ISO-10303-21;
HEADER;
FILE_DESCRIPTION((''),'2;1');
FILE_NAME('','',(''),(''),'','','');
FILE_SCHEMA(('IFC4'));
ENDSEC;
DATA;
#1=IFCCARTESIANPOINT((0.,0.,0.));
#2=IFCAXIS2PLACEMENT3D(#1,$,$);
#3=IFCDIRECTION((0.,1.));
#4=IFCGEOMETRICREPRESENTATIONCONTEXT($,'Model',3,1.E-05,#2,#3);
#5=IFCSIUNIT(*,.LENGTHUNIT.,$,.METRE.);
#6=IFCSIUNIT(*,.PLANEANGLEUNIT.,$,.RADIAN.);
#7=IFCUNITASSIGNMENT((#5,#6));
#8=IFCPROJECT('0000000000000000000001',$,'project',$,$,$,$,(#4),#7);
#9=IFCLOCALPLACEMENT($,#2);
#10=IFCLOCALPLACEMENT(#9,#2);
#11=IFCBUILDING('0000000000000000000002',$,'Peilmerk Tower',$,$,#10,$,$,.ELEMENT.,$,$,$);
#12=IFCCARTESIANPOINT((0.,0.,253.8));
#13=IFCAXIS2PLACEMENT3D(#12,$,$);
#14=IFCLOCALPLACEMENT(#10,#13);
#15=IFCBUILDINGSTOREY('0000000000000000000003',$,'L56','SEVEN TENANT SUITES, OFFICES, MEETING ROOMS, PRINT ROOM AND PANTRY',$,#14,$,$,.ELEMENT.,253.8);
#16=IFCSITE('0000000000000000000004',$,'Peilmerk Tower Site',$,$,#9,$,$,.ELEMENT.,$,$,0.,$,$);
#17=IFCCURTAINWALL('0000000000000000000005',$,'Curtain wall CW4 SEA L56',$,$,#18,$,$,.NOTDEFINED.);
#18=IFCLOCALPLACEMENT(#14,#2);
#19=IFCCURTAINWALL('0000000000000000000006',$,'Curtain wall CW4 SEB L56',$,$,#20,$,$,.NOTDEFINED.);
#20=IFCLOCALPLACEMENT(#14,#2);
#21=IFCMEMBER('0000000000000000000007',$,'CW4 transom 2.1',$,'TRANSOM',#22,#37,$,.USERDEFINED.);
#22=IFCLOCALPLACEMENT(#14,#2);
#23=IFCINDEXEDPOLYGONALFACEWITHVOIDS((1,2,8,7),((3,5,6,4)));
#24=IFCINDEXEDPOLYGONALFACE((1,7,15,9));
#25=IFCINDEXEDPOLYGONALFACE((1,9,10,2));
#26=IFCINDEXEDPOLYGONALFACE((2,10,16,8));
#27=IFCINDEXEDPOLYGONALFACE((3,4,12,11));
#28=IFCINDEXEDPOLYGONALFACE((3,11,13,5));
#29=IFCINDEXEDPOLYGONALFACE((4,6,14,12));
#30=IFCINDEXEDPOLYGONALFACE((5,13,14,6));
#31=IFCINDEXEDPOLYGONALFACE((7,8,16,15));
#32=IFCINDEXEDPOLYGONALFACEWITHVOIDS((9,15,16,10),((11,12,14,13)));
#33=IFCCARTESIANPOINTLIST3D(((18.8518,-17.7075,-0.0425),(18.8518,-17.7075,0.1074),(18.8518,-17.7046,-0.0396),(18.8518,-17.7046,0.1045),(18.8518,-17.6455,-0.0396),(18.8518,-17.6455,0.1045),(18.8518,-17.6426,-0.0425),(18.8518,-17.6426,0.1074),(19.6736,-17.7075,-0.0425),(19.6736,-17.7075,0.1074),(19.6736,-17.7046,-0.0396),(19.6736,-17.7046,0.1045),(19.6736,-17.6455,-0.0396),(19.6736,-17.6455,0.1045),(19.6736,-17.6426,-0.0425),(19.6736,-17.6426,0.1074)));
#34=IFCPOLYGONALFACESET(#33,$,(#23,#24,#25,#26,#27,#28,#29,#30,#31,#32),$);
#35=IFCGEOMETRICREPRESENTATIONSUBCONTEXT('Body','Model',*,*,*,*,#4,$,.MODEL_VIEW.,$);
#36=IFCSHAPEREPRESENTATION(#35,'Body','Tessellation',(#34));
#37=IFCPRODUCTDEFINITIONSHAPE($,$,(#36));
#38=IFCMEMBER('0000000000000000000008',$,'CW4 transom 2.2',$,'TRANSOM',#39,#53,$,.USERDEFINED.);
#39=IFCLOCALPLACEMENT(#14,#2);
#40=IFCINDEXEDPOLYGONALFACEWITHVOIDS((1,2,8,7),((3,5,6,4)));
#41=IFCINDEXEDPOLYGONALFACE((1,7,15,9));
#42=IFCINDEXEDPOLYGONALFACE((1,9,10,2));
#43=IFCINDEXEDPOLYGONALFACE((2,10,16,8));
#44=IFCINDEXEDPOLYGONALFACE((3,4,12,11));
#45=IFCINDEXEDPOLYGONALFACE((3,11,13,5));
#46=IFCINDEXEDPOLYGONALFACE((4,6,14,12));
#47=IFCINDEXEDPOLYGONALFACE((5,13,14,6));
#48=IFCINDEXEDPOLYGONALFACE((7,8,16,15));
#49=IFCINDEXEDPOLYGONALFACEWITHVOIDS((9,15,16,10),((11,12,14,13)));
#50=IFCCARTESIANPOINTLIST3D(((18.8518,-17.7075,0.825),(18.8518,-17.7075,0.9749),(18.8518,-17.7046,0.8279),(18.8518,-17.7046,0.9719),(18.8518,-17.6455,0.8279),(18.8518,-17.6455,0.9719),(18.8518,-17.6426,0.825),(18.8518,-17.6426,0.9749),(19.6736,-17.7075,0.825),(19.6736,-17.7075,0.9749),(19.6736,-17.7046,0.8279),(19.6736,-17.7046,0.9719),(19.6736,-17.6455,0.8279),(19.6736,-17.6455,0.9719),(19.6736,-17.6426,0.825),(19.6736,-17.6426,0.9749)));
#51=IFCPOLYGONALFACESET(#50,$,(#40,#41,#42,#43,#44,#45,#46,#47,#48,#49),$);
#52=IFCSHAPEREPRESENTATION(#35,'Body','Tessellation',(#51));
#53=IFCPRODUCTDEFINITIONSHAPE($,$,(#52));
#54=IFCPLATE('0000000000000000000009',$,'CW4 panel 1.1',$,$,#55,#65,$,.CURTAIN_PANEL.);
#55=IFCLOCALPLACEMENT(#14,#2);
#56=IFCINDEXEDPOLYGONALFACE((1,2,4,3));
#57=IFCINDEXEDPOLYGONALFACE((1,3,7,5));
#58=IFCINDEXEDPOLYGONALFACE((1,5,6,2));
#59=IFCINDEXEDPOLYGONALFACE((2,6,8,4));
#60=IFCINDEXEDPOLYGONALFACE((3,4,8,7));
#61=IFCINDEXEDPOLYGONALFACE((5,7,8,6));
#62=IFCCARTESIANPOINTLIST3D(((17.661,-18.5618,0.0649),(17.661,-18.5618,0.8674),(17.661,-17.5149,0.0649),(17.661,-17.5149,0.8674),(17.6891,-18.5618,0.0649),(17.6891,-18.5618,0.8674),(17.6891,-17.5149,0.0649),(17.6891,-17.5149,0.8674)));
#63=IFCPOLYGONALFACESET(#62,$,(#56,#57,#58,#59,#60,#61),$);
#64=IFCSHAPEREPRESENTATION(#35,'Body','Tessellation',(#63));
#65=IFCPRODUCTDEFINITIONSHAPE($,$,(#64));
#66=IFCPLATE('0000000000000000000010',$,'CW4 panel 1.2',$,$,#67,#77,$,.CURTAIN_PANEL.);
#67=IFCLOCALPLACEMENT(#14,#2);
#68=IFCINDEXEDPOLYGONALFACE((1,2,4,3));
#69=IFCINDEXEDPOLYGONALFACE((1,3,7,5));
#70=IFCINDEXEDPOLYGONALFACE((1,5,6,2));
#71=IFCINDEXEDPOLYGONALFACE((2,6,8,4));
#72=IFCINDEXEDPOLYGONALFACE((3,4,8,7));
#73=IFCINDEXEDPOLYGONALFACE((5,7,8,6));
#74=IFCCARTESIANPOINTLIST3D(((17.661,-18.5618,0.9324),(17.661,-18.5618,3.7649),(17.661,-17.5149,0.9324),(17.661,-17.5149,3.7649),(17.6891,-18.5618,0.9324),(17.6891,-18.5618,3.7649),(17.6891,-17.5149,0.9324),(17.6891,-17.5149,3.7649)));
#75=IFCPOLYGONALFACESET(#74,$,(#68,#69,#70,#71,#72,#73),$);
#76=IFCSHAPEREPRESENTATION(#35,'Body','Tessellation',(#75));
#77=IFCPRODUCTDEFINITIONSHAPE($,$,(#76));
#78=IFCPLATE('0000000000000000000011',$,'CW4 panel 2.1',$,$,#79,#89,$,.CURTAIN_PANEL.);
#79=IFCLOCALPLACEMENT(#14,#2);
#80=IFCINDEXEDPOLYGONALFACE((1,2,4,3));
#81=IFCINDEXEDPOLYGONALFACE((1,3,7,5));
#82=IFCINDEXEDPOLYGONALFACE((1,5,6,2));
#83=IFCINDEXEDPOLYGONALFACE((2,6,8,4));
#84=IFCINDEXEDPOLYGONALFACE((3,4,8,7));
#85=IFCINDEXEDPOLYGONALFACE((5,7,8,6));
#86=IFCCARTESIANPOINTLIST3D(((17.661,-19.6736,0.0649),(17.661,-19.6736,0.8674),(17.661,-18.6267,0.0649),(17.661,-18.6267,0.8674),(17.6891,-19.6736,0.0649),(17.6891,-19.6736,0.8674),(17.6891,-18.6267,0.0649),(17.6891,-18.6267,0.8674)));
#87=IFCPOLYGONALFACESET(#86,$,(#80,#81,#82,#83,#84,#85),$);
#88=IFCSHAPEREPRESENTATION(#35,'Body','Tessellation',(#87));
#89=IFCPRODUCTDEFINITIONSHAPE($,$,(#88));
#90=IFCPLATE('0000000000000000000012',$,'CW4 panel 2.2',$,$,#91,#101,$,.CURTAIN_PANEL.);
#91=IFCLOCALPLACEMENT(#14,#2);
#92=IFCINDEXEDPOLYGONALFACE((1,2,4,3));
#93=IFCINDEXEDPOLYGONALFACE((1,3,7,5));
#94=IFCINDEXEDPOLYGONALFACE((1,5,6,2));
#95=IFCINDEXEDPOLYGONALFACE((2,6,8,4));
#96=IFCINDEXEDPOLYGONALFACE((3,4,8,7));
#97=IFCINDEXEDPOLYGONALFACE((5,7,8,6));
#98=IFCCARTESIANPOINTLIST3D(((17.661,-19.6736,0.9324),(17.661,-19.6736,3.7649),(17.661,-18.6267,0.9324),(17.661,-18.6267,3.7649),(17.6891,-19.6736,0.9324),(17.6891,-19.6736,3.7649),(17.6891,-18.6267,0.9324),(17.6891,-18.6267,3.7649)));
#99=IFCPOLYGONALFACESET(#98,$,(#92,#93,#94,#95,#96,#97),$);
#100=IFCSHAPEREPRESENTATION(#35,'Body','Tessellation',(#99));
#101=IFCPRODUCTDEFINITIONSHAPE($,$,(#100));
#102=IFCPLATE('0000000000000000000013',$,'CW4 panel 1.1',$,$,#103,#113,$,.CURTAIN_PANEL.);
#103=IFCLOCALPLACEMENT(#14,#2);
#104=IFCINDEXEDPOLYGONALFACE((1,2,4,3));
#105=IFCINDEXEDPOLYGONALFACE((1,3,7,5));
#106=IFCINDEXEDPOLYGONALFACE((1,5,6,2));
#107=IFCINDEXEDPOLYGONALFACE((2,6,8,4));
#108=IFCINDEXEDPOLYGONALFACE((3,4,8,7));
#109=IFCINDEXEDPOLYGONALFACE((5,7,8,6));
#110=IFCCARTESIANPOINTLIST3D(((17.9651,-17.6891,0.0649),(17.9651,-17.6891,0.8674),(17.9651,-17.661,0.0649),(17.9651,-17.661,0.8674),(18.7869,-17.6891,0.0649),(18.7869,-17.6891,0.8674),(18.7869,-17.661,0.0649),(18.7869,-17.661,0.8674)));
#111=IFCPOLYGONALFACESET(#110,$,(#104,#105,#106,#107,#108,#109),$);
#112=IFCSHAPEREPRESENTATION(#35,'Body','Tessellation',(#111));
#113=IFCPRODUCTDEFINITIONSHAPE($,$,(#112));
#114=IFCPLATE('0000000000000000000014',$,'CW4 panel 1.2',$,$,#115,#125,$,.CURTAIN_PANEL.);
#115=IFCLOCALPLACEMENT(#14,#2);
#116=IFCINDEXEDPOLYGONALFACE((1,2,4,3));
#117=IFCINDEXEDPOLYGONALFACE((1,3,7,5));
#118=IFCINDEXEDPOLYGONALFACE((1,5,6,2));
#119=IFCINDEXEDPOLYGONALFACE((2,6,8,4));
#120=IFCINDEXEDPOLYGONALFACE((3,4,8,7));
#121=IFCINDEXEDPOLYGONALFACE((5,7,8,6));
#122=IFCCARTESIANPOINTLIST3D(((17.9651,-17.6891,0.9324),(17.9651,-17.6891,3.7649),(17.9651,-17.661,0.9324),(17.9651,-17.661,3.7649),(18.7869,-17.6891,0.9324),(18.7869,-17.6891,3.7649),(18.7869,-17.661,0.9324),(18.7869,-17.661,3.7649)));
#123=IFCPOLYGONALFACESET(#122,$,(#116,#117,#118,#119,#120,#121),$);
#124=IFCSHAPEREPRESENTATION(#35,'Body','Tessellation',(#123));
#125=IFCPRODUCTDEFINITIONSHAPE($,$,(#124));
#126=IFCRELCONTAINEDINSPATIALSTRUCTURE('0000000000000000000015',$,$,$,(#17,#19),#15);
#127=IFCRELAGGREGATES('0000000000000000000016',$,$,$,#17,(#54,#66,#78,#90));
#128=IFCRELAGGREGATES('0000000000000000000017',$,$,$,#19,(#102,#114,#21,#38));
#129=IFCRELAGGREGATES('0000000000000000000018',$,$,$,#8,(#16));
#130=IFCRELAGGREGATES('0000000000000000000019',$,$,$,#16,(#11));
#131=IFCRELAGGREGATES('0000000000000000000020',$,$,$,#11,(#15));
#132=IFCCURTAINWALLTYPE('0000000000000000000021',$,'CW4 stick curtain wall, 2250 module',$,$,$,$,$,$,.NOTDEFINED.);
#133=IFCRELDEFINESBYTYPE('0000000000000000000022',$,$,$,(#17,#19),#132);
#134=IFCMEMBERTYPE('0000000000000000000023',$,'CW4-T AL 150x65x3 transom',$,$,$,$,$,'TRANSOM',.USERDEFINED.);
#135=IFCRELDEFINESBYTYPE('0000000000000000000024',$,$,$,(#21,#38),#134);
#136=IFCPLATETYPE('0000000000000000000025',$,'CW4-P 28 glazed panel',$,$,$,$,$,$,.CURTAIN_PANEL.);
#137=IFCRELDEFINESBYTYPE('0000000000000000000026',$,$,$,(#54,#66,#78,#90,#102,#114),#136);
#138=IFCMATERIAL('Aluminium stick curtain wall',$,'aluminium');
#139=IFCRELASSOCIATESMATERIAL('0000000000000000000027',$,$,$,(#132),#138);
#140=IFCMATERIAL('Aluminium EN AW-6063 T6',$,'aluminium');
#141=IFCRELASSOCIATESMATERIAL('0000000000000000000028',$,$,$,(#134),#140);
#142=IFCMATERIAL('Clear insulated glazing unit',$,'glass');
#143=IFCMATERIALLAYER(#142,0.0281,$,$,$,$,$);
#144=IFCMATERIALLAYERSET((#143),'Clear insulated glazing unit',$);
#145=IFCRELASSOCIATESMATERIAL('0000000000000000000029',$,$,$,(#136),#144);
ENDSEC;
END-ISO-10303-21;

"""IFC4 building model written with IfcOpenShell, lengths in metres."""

from ifc_helpers import new_model, si_unit, direction, frame, origin, origin_2d, place, context, subcontext, project, spatial, rectangle, hollow_rectangle, extrude, material, layer, layer_set, material_profile, profile_set, type_object, element, aggregate, save


model = new_model("IFC4")

# Units and contexts
model_context = context("Model", 3, precision=1e-05, world=origin(), true_north=direction((0.0, 1.0)))
body_context = subcontext(model_context, "Body", "Model", "MODEL_VIEW")
ifc_project = project(units=[si_unit("LENGTHUNIT", "METRE"), si_unit("PLANEANGLEUNIT", "RADIAN")], contexts=[model_context])

# Site, building, storey
site_placement = place(None, origin())
site = spatial("IfcSite", under=ifc_project, at=site_placement, Name="Peilmerk Tower Site", CompositionType="ELEMENT", RefElevation=0.0)
building_placement = place(site_placement, origin())
building = spatial("IfcBuilding", under=site, at=building_placement, Name="Peilmerk Tower", CompositionType="ELEMENT")
storey_placement = place(building_placement, frame((0.0, 0.0, 253.8)))
storey = spatial("IfcBuildingStorey", under=building, at=storey_placement, Name="L56", Description="SEVEN TENANT SUITES, OFFICES, MEETING ROOMS, PRINT ROOM AND PANTRY", CompositionType="ELEMENT", Elevation=253.8)

# Curtain walls
ifc_material_1 = material(Name="Aluminium stick curtain wall", Category="aluminium")
curtain_wall_type = type_object("IfcCurtainWallType", Name="CW4 stick curtain wall, 2250 module", PredefinedType="NOTDEFINED", material=ifc_material_1)
curtain_wall_1_placement = place(storey_placement, origin())
curtain_wall_1 = element("IfcCurtainWall", 1, at=curtain_wall_1_placement, inside=storey, type_object=curtain_wall_type, Name="Curtain wall CW4 SEA L56", PredefinedType="NOTDEFINED")
ifc_material_2 = material(Name="Aluminium EN AW-6063 T6", Category="aluminium")
curtain_wall_2_placement = place(storey_placement, origin())
curtain_wall_2 = element("IfcCurtainWall", 2, at=curtain_wall_2_placement, inside=storey, type_object=curtain_wall_type, Name="Curtain wall CW4 SEB L56", PredefinedType="NOTDEFINED")

# Members
ifc_material_profile_1 = material_profile(ifc_material_2, hollow_rectangle(XDim=0.0649, YDim=0.1499, WallThickness=0.0029, at=origin_2d()), Name="AL 150x65x3")
ifc_profile_set_1 = profile_set([ifc_material_profile_1], Name="Aluminium EN AW-6063 T6")
member_type_1 = type_object("IfcMemberType", Name="CW4-T AL 150x65x3 transom", ElementType="TRANSOM", PredefinedType="USERDEFINED", material=ifc_profile_set_1)
member_1_placement = place(storey_placement, frame((18.8518, -17.675, 0.0325), z_axis=(1.0, 0.0, 0.0), x_axis=(0.0, 1.0, 0.0)))
member_1 = element("IfcMember", 3, at=member_1_placement, type_object=member_type_1, Name="CW4 transom 2.1", ObjectType="TRANSOM", PredefinedType="USERDEFINED", context=body_context, shape_type="SweptSolid", body=[
    extrude(hollow_rectangle(XDim=0.0649, YDim=0.1499, WallThickness=0.0029, at=origin_2d()), origin(), (0.0, 0.0, 1.0), 0.8218),
])
member_2_placement = place(storey_placement, frame((18.8518, -17.675, 0.8999), z_axis=(1.0, 0.0, 0.0), x_axis=(0.0, 1.0, 0.0)))
member_2 = element("IfcMember", 4, at=member_2_placement, type_object=member_type_1, Name="CW4 transom 2.2", ObjectType="TRANSOM", PredefinedType="USERDEFINED", context=body_context, shape_type="SweptSolid", body=[
    extrude(hollow_rectangle(XDim=0.0649, YDim=0.1499, WallThickness=0.0029, at=origin_2d()), origin(), (0.0, 0.0, 1.0), 0.8218),
])

# Plates
ifc_material_3 = material(Name="Clear insulated glazing unit", Category="glass")
ifc_layer_1 = layer(ifc_material_3, 0.0281)
ifc_layer_set_1 = layer_set([ifc_layer_1], Name="Clear insulated glazing unit")
plate_type = type_object("IfcPlateType", Name="CW4-P 28 glazed panel", PredefinedType="CURTAIN_PANEL", material=ifc_layer_set_1)
plate_1_placement = place(storey_placement, frame((17.675, -18.0383, 0.0649), z_axis=(0.0, 0.0, 1.0), x_axis=(0.0, -1.0, 0.0)))
plate_1 = element("IfcPlate", 5, at=plate_1_placement, type_object=plate_type, Name="CW4 panel 1.1", PredefinedType="CURTAIN_PANEL", context=body_context, shape_type="SweptSolid", body=[
    extrude(rectangle(XDim=1.0469, YDim=0.0281, at=origin_2d()), origin(), (0.0, 0.0, 1.0), 0.8025),
])
plate_2_placement = place(storey_placement, frame((17.675, -18.0383, 0.9324), z_axis=(0.0, 0.0, 1.0), x_axis=(0.0, -1.0, 0.0)))
plate_2 = element("IfcPlate", 6, at=plate_2_placement, type_object=plate_type, Name="CW4 panel 1.2", PredefinedType="CURTAIN_PANEL", context=body_context, shape_type="SweptSolid", body=[
    extrude(rectangle(XDim=1.0469, YDim=0.0281, at=origin_2d()), origin(), (0.0, 0.0, 1.0), 2.8325),
])
plate_3_placement = place(storey_placement, frame((17.675, -19.1501, 0.0649), z_axis=(0.0, 0.0, 1.0), x_axis=(0.0, -1.0, 0.0)))
plate_3 = element("IfcPlate", 7, at=plate_3_placement, type_object=plate_type, Name="CW4 panel 2.1", PredefinedType="CURTAIN_PANEL", context=body_context, shape_type="SweptSolid", body=[
    extrude(rectangle(XDim=1.0469, YDim=0.0281, at=origin_2d()), origin(), (0.0, 0.0, 1.0), 0.8025),
])
plate_4_placement = place(storey_placement, frame((17.675, -19.1501, 0.9324), z_axis=(0.0, 0.0, 1.0), x_axis=(0.0, -1.0, 0.0)))
plate_4 = element("IfcPlate", 8, at=plate_4_placement, type_object=plate_type, Name="CW4 panel 2.2", PredefinedType="CURTAIN_PANEL", context=body_context, shape_type="SweptSolid", body=[
    extrude(rectangle(XDim=1.0469, YDim=0.0281, at=origin_2d()), origin(), (0.0, 0.0, 1.0), 2.8325),
])
aggregate(curtain_wall_1, [plate_1, plate_2, plate_3, plate_4])
plate_5_placement = place(storey_placement, frame((18.376, -17.675, 0.0649), z_axis=(0.0, 0.0, 1.0), x_axis=(1.0, 0.0, 0.0)))
plate_5 = element("IfcPlate", 9, at=plate_5_placement, type_object=plate_type, Name="CW4 panel 1.1", PredefinedType="CURTAIN_PANEL", context=body_context, shape_type="SweptSolid", body=[
    extrude(rectangle(XDim=0.8218, YDim=0.0281, at=origin_2d()), origin(), (0.0, 0.0, 1.0), 0.8025),
])
plate_6_placement = place(storey_placement, frame((18.376, -17.675, 0.9324), z_axis=(0.0, 0.0, 1.0), x_axis=(1.0, 0.0, 0.0)))
plate_6 = element("IfcPlate", 10, at=plate_6_placement, type_object=plate_type, Name="CW4 panel 1.2", PredefinedType="CURTAIN_PANEL", context=body_context, shape_type="SweptSolid", body=[
    extrude(rectangle(XDim=0.8218, YDim=0.0281, at=origin_2d()), origin(), (0.0, 0.0, 1.0), 2.8325),
])
aggregate(curtain_wall_2, [plate_5, plate_6, member_1, member_2])

save(model, "model.ifc")
